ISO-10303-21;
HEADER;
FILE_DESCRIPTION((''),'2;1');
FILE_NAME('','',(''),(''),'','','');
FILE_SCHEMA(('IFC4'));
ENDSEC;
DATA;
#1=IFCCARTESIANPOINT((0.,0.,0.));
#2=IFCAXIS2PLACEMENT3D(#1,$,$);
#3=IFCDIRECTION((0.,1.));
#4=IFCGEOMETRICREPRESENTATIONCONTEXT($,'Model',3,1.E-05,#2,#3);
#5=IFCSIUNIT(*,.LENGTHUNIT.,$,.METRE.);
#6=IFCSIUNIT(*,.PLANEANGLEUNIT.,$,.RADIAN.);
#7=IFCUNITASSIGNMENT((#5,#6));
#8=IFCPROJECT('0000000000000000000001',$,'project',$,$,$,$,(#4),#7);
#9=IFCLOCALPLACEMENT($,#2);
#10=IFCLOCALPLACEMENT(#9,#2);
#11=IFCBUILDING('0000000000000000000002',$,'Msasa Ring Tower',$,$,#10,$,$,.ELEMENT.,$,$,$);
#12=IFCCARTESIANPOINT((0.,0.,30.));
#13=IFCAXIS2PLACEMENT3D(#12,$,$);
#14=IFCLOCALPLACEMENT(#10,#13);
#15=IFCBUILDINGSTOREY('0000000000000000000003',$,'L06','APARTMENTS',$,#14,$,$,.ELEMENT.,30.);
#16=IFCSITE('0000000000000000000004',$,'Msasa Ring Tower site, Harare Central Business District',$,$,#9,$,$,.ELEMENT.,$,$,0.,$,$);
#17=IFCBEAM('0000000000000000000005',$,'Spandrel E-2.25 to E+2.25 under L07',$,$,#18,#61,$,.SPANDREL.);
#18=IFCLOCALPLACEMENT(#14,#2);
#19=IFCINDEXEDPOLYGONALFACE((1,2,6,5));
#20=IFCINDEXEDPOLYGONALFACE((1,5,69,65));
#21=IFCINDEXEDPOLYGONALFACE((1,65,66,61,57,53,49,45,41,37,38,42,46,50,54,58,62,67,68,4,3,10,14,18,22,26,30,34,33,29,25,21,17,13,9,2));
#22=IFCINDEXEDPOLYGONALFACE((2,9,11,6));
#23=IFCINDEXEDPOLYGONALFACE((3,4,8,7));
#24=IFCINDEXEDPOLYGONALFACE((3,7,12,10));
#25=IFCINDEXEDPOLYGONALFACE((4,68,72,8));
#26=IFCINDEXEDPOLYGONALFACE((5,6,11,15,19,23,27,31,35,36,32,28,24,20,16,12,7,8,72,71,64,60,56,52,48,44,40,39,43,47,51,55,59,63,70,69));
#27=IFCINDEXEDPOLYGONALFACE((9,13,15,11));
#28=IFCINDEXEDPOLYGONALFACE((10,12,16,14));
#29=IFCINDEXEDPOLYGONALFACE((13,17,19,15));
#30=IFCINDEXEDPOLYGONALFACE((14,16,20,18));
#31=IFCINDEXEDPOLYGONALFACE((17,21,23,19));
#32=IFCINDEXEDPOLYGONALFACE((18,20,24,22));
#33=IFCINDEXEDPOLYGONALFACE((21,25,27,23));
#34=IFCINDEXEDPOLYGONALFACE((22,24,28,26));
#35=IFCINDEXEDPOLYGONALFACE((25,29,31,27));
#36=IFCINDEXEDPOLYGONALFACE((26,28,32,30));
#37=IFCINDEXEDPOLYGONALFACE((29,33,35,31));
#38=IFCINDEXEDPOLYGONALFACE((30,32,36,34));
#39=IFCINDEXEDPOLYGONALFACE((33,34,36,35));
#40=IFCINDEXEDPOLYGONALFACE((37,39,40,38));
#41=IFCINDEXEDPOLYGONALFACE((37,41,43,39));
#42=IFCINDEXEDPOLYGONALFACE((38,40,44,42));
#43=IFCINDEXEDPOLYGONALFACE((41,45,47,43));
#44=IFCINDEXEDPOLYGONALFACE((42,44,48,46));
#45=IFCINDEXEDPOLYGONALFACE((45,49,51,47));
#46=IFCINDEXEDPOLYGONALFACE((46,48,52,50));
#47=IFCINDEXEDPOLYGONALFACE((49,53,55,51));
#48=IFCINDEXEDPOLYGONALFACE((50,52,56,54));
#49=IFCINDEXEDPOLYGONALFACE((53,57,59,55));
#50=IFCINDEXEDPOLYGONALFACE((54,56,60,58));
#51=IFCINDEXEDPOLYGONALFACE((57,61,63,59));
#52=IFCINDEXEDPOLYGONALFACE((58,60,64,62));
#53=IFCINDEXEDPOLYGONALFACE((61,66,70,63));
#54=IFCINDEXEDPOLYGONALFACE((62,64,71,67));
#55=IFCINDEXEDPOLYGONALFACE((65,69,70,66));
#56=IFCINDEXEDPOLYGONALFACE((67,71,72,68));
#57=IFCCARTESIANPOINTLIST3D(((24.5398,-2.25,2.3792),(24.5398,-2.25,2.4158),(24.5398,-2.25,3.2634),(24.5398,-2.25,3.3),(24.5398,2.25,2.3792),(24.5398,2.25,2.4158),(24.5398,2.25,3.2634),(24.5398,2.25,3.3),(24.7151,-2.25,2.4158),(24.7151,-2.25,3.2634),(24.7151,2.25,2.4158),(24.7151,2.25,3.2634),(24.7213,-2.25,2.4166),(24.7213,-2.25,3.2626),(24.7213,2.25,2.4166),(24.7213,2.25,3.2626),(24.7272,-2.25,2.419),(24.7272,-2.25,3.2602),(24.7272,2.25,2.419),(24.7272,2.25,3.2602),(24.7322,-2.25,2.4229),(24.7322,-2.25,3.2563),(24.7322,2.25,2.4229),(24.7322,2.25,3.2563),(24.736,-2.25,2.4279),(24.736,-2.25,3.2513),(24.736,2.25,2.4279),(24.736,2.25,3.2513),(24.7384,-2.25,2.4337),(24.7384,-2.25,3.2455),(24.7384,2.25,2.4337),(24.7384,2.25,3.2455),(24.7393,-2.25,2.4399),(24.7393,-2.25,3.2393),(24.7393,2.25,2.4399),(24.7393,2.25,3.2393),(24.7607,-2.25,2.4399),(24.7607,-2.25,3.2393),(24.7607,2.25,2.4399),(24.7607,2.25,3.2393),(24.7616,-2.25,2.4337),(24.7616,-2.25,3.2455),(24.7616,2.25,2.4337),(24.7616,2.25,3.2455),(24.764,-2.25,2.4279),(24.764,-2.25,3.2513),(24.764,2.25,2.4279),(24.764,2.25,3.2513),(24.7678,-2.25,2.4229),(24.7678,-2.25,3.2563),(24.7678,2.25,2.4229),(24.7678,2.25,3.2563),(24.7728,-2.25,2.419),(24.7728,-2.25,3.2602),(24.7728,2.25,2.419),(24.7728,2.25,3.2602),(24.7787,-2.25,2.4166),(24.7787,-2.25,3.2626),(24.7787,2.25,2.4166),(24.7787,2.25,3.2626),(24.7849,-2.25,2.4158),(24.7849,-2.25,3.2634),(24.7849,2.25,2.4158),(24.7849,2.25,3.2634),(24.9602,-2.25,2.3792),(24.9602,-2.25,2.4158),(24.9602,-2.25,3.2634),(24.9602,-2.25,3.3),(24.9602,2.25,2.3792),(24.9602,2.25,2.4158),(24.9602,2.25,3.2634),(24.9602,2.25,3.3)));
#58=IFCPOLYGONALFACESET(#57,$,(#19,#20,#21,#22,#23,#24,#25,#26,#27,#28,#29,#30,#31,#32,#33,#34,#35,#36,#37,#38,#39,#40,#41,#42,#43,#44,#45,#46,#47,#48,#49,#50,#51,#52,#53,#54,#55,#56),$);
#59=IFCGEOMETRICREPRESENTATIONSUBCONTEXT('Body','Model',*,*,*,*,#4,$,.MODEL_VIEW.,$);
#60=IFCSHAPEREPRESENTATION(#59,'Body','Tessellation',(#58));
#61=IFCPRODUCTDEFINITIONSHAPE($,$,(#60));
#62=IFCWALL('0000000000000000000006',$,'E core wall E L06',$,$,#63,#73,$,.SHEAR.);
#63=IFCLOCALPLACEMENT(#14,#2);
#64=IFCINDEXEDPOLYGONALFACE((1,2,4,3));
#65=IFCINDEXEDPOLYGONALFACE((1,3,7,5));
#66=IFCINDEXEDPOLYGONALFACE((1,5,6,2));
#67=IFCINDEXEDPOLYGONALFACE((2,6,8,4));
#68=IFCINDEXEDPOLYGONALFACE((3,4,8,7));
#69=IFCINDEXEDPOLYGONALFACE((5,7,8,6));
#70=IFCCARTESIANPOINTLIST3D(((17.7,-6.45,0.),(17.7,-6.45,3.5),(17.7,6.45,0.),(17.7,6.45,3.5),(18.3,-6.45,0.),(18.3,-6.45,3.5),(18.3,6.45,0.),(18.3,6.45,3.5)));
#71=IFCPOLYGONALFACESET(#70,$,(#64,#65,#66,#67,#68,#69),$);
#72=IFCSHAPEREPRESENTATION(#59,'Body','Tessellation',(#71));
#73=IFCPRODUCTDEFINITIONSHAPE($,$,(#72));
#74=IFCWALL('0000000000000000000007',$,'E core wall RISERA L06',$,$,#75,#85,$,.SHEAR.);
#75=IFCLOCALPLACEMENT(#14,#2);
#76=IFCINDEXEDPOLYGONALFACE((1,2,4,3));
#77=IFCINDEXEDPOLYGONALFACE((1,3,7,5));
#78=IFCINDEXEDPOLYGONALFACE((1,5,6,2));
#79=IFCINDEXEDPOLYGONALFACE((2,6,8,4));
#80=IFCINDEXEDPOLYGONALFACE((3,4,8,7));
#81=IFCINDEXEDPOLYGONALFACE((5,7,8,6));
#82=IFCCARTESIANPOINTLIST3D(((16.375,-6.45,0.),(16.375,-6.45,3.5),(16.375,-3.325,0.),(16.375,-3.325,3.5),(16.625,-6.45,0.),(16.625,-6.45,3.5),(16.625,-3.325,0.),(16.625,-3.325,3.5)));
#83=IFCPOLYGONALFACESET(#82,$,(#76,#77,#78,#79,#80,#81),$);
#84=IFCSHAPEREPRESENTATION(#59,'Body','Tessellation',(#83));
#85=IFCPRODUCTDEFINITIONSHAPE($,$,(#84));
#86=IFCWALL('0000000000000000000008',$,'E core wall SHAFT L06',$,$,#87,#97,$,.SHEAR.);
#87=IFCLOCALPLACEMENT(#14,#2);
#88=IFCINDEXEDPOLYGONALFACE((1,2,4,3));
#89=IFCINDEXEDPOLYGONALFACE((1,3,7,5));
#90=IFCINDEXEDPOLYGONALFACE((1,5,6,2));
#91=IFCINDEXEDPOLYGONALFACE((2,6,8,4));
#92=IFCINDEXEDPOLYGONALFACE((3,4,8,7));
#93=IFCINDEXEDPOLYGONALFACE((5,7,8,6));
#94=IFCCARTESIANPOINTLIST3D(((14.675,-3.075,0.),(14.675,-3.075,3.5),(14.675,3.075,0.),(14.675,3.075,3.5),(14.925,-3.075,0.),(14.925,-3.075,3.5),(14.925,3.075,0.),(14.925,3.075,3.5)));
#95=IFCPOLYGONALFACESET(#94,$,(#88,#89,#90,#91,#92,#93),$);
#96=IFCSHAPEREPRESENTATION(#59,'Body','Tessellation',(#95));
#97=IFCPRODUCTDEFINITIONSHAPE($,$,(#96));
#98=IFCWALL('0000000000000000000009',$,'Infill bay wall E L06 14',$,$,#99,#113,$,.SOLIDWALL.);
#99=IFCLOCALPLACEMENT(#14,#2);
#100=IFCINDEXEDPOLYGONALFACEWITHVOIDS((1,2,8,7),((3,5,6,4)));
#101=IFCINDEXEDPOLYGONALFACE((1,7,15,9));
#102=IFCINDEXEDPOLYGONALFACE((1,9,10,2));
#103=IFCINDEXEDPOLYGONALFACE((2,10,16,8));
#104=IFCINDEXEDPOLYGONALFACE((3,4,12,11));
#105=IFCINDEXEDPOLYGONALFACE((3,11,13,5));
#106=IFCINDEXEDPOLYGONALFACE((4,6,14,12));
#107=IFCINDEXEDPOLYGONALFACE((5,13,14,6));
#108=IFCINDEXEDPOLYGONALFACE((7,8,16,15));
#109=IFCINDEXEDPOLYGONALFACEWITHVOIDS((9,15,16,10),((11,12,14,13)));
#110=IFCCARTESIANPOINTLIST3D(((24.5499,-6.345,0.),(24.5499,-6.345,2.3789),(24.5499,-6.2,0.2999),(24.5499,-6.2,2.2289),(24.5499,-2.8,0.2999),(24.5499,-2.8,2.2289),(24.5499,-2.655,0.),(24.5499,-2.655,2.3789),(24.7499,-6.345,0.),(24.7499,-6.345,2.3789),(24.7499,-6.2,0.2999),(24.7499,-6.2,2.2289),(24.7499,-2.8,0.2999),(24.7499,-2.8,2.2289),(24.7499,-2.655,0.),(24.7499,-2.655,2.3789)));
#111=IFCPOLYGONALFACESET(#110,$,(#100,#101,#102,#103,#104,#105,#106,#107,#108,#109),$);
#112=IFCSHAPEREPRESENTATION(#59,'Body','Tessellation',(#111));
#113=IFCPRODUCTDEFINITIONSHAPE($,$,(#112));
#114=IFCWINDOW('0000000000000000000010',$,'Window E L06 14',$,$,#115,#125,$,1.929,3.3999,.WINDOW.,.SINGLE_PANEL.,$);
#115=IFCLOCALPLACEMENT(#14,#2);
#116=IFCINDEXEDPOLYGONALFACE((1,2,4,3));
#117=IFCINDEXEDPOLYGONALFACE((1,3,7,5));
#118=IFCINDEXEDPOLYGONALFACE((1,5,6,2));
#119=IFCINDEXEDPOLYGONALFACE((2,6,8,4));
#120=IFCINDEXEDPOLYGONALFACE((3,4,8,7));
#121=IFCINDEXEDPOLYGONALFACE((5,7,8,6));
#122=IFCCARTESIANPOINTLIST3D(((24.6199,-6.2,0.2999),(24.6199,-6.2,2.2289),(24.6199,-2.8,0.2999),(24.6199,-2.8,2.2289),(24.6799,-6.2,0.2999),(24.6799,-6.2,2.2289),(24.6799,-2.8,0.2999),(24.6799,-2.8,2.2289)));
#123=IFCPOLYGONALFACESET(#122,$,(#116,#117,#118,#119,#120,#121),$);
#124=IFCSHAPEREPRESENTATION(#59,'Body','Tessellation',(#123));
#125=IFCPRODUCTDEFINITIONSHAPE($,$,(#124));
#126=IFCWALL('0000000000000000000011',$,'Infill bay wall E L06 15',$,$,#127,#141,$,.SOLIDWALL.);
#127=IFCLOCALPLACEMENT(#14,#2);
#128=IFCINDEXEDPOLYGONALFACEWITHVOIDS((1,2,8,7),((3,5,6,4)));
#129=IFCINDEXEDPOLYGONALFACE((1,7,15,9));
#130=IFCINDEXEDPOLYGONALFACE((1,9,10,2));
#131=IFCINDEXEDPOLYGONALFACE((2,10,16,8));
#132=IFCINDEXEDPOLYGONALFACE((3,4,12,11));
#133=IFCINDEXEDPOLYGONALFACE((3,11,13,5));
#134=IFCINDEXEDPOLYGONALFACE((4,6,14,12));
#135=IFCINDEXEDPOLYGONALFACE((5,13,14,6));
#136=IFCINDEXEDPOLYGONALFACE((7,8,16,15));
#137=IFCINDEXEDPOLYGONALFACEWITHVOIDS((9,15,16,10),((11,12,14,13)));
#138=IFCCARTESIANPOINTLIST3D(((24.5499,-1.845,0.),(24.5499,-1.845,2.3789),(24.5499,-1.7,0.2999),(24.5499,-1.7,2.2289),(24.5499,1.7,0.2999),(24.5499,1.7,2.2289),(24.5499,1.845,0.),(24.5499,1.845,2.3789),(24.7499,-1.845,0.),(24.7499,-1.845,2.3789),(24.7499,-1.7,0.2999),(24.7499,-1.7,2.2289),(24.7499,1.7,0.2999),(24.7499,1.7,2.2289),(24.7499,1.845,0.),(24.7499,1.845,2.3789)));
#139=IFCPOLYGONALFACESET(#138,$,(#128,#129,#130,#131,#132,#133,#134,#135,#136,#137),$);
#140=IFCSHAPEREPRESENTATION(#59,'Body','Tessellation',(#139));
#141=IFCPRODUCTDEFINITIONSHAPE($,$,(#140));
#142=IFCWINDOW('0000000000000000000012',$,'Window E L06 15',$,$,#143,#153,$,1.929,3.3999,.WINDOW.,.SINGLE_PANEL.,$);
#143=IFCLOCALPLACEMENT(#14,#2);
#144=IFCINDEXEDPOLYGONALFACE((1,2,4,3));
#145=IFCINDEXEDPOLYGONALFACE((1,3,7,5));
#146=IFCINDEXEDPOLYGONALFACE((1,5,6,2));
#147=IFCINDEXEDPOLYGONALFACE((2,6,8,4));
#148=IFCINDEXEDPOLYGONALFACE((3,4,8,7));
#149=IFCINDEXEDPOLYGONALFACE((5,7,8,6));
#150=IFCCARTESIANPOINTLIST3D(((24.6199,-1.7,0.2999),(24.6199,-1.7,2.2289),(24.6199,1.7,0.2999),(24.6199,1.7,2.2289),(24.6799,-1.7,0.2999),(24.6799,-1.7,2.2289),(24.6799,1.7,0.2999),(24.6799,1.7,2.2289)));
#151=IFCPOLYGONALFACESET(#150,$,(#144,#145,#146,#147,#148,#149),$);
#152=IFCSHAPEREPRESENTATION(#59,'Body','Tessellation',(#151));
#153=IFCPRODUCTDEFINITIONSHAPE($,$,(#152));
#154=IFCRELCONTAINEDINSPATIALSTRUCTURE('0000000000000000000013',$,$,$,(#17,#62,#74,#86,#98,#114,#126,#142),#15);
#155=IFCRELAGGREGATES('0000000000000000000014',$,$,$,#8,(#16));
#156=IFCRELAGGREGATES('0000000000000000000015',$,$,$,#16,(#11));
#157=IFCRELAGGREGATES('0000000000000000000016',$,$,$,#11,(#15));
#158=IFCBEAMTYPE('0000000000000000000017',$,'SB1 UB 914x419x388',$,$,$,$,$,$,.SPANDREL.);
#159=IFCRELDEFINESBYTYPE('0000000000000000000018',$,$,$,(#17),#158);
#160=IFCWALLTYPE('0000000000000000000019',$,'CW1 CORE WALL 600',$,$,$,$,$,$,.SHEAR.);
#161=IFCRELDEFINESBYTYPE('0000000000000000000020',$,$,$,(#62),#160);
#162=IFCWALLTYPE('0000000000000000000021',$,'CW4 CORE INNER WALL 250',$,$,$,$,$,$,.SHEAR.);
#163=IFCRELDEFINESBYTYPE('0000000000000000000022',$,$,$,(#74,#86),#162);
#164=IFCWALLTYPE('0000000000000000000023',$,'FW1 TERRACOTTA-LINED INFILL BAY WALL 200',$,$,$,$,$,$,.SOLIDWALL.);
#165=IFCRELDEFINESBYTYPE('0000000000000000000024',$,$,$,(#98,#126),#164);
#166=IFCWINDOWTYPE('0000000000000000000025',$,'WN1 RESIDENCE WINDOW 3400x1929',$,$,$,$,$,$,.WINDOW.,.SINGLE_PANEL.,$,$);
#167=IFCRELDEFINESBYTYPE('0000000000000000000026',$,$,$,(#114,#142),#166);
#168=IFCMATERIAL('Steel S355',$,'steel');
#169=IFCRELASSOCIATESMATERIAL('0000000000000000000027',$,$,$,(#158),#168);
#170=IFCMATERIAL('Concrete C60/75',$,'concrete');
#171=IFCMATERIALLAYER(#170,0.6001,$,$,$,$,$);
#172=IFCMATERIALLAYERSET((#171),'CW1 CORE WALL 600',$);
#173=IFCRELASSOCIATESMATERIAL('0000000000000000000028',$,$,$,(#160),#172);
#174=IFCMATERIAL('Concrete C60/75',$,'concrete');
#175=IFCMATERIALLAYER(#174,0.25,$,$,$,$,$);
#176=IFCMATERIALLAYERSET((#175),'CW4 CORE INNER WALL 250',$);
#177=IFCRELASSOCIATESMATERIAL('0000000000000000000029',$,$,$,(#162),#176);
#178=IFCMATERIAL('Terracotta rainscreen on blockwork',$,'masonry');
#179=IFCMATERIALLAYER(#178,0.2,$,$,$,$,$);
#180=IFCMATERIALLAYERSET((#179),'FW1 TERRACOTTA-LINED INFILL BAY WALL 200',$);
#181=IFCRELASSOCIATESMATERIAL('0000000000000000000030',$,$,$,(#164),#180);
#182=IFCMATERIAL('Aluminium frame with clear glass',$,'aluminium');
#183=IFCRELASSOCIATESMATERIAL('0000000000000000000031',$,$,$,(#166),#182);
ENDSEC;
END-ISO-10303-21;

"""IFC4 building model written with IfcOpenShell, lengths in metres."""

from ifc_helpers import new_model, si_unit, direction, frame, frame_2d, origin, origin_2d, place, context, subcontext, project, spatial, rectangle, i_section, extrude, material, layer, layer_set, material_profile, profile_set, type_object, element, fill, save


model = new_model("IFC4")

# Units and contexts
model_context = context("Model", 3, precision=1e-05, world=origin(), true_north=direction((0.0, 1.0)))
body_context = subcontext(model_context, "Body", "Model", "MODEL_VIEW")
ifc_project = project(units=[si_unit("LENGTHUNIT", "METRE"), si_unit("PLANEANGLEUNIT", "RADIAN")], contexts=[model_context])

# Site, building, storey
site_placement = place(None, origin())
site = spatial("IfcSite", under=ifc_project, at=site_placement, Name="Msasa Ring Tower site, Harare Central Business District", CompositionType="ELEMENT", RefElevation=0.0)
building_placement = place(site_placement, origin())
building = spatial("IfcBuilding", under=site, at=building_placement, Name="Msasa Ring Tower", CompositionType="ELEMENT")
storey_placement = place(building_placement, frame((0.0, 0.0, 30.0)))
storey = spatial("IfcBuildingStorey", under=building, at=storey_placement, Name="L06", Description="APARTMENTS", CompositionType="ELEMENT", Elevation=30.0)

# Beam
ifc_material_1 = material(Name="Steel S355", Category="steel")
ifc_material_profile_1 = material_profile(ifc_material_1, i_section(OverallWidth=0.4204, OverallDepth=0.9209, WebThickness=0.0215, FlangeThickness=0.0366, FilletRadius=0.0242, at=origin_2d()), Name="UB 914x419x388")
ifc_profile_set_1 = profile_set([ifc_material_profile_1], Name="Steel S355")
beam_type_1 = type_object("IfcBeamType", Name="SB1 UB 914x419x388", PredefinedType="SPANDREL", material=ifc_profile_set_1)
for number, where, z_axis, x_axis, name in (
    (1, (24.75, -2.25, 2.8396), (0.0, 1.0, 0.0), (-1.0, 0.0, 0.0), "Spandrel E-2.25 to E+2.25 under L07"),
):
    element("IfcBeam", number, at=place(storey_placement, frame(where, z_axis=z_axis, x_axis=x_axis)), inside=storey, type_object=beam_type_1, Name=name, PredefinedType="SPANDREL", context=body_context, shape_type="SweptSolid", body=[
        extrude(i_section(OverallWidth=0.4204, OverallDepth=0.9209, WebThickness=0.0215, FlangeThickness=0.0366, FilletRadius=0.0242, at=origin_2d()), origin(), (0.0, 0.0, 1.0), 4.5),
    ])

# Walls
ifc_material_2 = material(Name="Concrete C60/75", Category="concrete")
ifc_layer_1 = layer(ifc_material_2, 0.6001)
ifc_layer_set_1 = layer_set([ifc_layer_1], Name="CW1 CORE WALL 600")
wall_type_1 = type_object("IfcWallType", Name="CW1 CORE WALL 600", PredefinedType="SHEAR", material=ifc_layer_set_1)
wall_1_placement = place(storey_placement, frame((18.0, -6.45, 0.0), z_axis=(0.0, 0.0, 1.0), x_axis=(0.0, 1.0, 0.0)))
element("IfcWall", 2, at=wall_1_placement, inside=storey, type_object=wall_type_1, Name="E core wall E L06", PredefinedType="SHEAR", context=body_context, shape_type="SweptSolid", body=[
    extrude(rectangle(XDim=12.8999, YDim=0.6001, at=frame_2d((6.45, 0.0))), origin(), (0.0, 0.0, 1.0), 3.5),
])
ifc_material_3 = material(Name="Concrete C60/75", Category="concrete")
ifc_layer_2 = layer(ifc_material_3, 0.25)
ifc_layer_set_2 = layer_set([ifc_layer_2], Name="CW4 CORE INNER WALL 250")
wall_type_2 = type_object("IfcWallType", Name="CW4 CORE INNER WALL 250", PredefinedType="SHEAR", material=ifc_layer_set_2)
wall_2_placement = place(storey_placement, frame((16.5, -6.45, 0.0), z_axis=(0.0, 0.0, 1.0), x_axis=(0.0, 1.0, 0.0)))
element("IfcWall", 3, at=wall_2_placement, inside=storey, type_object=wall_type_2, Name="E core wall RISERA L06", PredefinedType="SHEAR", context=body_context, shape_type="SweptSolid", body=[
    extrude(rectangle(XDim=3.125, YDim=0.25, at=frame_2d((1.5625, 0.0))), origin(), (0.0, 0.0, 1.0), 3.5),
])
wall_3_placement = place(storey_placement, frame((14.8, -3.075, 0.0), z_axis=(0.0, 0.0, 1.0), x_axis=(0.0, 1.0, 0.0)))
element("IfcWall", 4, at=wall_3_placement, inside=storey, type_object=wall_type_2, Name="E core wall SHAFT L06", PredefinedType="SHEAR", context=body_context, shape_type="SweptSolid", body=[
    extrude(rectangle(XDim=6.1499, YDim=0.25, at=frame_2d((3.075, 0.0))), origin(), (0.0, 0.0, 1.0), 3.5),
])

# Walls, openings, windows
ifc_material_4 = material(Name="Terracotta rainscreen on blockwork", Category="masonry")
ifc_layer_3 = layer(ifc_material_4, 0.2)
ifc_layer_set_3 = layer_set([ifc_layer_3], Name="FW1 TERRACOTTA-LINED INFILL BAY WALL 200")
wall_type_3 = type_object("IfcWallType", Name="FW1 TERRACOTTA-LINED INFILL BAY WALL 200", PredefinedType="SOLIDWALL", material=ifc_layer_set_3)
wall_4_placement = place(storey_placement, frame((24.6499, -6.345, 0.0), z_axis=(0.0, 0.0, 1.0), x_axis=(0.0, 1.0, 0.0)))
wall_4 = element("IfcWall", 5, at=wall_4_placement, inside=storey, type_object=wall_type_3, Name="Infill bay wall E L06 14", PredefinedType="SOLIDWALL", context=body_context, shape_type="SweptSolid", body=[
    extrude(rectangle(XDim=3.6899, YDim=0.2, at=frame_2d((1.845, 0.0))), origin(), (0.0, 0.0, 1.0), 2.3789),
])
opening_1_placement = place(wall_4_placement, frame((0.145, 0.0, 0.3)))
opening_1 = element("IfcOpeningElement", 6, at=opening_1_placement, cuts=wall_4, PredefinedType="OPENING", context=body_context, shape_type="SweptSolid", body=[
    extrude(rectangle(XDim=3.3999, YDim=1.929, at=frame_2d((1.7, 0.9644))), frame((0.0, 0.1099, 0.0), z_axis=(0.0, -1.0, 0.0), x_axis=(1.0, 0.0, 0.0)), (0.0, 0.0, 1.0), 0.22),
])
ifc_material_5 = material(Name="Aluminium frame with clear glass", Category="aluminium")
window_type = type_object("IfcWindowType", Name="WN1 RESIDENCE WINDOW 3400x1929", PartitioningType="SINGLE_PANEL", PredefinedType="WINDOW", material=ifc_material_5)
window_1_placement = place(opening_1_placement, origin())
window_1 = element("IfcWindow", 7, at=window_1_placement, inside=storey, type_object=window_type, Name="Window E L06 14", OverallHeight=1.929, OverallWidth=3.3999, PartitioningType="SINGLE_PANEL", PredefinedType="WINDOW", context=body_context, shape_type="SweptSolid", body=[
    extrude(rectangle(XDim=3.3999, YDim=1.929, at=frame_2d((1.7, 0.9644))), frame((0.0, 0.03, 0.0), z_axis=(0.0, -1.0, 0.0), x_axis=(1.0, 0.0, 0.0)), (0.0, 0.0, 1.0), 0.0601),
])
fill(opening_1, window_1)
wall_5_placement = place(storey_placement, frame((24.6499, -1.845, 0.0), z_axis=(0.0, 0.0, 1.0), x_axis=(0.0, 1.0, 0.0)))
wall_5 = element("IfcWall", 8, at=wall_5_placement, inside=storey, type_object=wall_type_3, Name="Infill bay wall E L06 15", PredefinedType="SOLIDWALL", context=body_context, shape_type="SweptSolid", body=[
    extrude(rectangle(XDim=3.6899, YDim=0.2, at=frame_2d((1.845, 0.0))), origin(), (0.0, 0.0, 1.0), 2.3789),
])
opening_2_placement = place(wall_5_placement, frame((0.145, 0.0, 0.3)))
opening_2 = element("IfcOpeningElement", 9, at=opening_2_placement, cuts=wall_5, PredefinedType="OPENING", context=body_context, shape_type="SweptSolid", body=[
    extrude(rectangle(XDim=3.3999, YDim=1.929, at=frame_2d((1.7, 0.9644))), frame((0.0, 0.1099, 0.0), z_axis=(0.0, -1.0, 0.0), x_axis=(1.0, 0.0, 0.0)), (0.0, 0.0, 1.0), 0.22),
])
window_2_placement = place(opening_2_placement, origin())
window_2 = element("IfcWindow", 10, at=window_2_placement, inside=storey, type_object=window_type, Name="Window E L06 15", OverallHeight=1.929, OverallWidth=3.3999, PartitioningType="SINGLE_PANEL", PredefinedType="WINDOW", context=body_context, shape_type="SweptSolid", body=[
    extrude(rectangle(XDim=3.3999, YDim=1.929, at=frame_2d((1.7, 0.9644))), frame((0.0, 0.03, 0.0), z_axis=(0.0, -1.0, 0.0), x_axis=(1.0, 0.0, 0.0)), (0.0, 0.0, 1.0), 0.0601),
])
fill(opening_2, window_2)

save(model, "model.ifc")
